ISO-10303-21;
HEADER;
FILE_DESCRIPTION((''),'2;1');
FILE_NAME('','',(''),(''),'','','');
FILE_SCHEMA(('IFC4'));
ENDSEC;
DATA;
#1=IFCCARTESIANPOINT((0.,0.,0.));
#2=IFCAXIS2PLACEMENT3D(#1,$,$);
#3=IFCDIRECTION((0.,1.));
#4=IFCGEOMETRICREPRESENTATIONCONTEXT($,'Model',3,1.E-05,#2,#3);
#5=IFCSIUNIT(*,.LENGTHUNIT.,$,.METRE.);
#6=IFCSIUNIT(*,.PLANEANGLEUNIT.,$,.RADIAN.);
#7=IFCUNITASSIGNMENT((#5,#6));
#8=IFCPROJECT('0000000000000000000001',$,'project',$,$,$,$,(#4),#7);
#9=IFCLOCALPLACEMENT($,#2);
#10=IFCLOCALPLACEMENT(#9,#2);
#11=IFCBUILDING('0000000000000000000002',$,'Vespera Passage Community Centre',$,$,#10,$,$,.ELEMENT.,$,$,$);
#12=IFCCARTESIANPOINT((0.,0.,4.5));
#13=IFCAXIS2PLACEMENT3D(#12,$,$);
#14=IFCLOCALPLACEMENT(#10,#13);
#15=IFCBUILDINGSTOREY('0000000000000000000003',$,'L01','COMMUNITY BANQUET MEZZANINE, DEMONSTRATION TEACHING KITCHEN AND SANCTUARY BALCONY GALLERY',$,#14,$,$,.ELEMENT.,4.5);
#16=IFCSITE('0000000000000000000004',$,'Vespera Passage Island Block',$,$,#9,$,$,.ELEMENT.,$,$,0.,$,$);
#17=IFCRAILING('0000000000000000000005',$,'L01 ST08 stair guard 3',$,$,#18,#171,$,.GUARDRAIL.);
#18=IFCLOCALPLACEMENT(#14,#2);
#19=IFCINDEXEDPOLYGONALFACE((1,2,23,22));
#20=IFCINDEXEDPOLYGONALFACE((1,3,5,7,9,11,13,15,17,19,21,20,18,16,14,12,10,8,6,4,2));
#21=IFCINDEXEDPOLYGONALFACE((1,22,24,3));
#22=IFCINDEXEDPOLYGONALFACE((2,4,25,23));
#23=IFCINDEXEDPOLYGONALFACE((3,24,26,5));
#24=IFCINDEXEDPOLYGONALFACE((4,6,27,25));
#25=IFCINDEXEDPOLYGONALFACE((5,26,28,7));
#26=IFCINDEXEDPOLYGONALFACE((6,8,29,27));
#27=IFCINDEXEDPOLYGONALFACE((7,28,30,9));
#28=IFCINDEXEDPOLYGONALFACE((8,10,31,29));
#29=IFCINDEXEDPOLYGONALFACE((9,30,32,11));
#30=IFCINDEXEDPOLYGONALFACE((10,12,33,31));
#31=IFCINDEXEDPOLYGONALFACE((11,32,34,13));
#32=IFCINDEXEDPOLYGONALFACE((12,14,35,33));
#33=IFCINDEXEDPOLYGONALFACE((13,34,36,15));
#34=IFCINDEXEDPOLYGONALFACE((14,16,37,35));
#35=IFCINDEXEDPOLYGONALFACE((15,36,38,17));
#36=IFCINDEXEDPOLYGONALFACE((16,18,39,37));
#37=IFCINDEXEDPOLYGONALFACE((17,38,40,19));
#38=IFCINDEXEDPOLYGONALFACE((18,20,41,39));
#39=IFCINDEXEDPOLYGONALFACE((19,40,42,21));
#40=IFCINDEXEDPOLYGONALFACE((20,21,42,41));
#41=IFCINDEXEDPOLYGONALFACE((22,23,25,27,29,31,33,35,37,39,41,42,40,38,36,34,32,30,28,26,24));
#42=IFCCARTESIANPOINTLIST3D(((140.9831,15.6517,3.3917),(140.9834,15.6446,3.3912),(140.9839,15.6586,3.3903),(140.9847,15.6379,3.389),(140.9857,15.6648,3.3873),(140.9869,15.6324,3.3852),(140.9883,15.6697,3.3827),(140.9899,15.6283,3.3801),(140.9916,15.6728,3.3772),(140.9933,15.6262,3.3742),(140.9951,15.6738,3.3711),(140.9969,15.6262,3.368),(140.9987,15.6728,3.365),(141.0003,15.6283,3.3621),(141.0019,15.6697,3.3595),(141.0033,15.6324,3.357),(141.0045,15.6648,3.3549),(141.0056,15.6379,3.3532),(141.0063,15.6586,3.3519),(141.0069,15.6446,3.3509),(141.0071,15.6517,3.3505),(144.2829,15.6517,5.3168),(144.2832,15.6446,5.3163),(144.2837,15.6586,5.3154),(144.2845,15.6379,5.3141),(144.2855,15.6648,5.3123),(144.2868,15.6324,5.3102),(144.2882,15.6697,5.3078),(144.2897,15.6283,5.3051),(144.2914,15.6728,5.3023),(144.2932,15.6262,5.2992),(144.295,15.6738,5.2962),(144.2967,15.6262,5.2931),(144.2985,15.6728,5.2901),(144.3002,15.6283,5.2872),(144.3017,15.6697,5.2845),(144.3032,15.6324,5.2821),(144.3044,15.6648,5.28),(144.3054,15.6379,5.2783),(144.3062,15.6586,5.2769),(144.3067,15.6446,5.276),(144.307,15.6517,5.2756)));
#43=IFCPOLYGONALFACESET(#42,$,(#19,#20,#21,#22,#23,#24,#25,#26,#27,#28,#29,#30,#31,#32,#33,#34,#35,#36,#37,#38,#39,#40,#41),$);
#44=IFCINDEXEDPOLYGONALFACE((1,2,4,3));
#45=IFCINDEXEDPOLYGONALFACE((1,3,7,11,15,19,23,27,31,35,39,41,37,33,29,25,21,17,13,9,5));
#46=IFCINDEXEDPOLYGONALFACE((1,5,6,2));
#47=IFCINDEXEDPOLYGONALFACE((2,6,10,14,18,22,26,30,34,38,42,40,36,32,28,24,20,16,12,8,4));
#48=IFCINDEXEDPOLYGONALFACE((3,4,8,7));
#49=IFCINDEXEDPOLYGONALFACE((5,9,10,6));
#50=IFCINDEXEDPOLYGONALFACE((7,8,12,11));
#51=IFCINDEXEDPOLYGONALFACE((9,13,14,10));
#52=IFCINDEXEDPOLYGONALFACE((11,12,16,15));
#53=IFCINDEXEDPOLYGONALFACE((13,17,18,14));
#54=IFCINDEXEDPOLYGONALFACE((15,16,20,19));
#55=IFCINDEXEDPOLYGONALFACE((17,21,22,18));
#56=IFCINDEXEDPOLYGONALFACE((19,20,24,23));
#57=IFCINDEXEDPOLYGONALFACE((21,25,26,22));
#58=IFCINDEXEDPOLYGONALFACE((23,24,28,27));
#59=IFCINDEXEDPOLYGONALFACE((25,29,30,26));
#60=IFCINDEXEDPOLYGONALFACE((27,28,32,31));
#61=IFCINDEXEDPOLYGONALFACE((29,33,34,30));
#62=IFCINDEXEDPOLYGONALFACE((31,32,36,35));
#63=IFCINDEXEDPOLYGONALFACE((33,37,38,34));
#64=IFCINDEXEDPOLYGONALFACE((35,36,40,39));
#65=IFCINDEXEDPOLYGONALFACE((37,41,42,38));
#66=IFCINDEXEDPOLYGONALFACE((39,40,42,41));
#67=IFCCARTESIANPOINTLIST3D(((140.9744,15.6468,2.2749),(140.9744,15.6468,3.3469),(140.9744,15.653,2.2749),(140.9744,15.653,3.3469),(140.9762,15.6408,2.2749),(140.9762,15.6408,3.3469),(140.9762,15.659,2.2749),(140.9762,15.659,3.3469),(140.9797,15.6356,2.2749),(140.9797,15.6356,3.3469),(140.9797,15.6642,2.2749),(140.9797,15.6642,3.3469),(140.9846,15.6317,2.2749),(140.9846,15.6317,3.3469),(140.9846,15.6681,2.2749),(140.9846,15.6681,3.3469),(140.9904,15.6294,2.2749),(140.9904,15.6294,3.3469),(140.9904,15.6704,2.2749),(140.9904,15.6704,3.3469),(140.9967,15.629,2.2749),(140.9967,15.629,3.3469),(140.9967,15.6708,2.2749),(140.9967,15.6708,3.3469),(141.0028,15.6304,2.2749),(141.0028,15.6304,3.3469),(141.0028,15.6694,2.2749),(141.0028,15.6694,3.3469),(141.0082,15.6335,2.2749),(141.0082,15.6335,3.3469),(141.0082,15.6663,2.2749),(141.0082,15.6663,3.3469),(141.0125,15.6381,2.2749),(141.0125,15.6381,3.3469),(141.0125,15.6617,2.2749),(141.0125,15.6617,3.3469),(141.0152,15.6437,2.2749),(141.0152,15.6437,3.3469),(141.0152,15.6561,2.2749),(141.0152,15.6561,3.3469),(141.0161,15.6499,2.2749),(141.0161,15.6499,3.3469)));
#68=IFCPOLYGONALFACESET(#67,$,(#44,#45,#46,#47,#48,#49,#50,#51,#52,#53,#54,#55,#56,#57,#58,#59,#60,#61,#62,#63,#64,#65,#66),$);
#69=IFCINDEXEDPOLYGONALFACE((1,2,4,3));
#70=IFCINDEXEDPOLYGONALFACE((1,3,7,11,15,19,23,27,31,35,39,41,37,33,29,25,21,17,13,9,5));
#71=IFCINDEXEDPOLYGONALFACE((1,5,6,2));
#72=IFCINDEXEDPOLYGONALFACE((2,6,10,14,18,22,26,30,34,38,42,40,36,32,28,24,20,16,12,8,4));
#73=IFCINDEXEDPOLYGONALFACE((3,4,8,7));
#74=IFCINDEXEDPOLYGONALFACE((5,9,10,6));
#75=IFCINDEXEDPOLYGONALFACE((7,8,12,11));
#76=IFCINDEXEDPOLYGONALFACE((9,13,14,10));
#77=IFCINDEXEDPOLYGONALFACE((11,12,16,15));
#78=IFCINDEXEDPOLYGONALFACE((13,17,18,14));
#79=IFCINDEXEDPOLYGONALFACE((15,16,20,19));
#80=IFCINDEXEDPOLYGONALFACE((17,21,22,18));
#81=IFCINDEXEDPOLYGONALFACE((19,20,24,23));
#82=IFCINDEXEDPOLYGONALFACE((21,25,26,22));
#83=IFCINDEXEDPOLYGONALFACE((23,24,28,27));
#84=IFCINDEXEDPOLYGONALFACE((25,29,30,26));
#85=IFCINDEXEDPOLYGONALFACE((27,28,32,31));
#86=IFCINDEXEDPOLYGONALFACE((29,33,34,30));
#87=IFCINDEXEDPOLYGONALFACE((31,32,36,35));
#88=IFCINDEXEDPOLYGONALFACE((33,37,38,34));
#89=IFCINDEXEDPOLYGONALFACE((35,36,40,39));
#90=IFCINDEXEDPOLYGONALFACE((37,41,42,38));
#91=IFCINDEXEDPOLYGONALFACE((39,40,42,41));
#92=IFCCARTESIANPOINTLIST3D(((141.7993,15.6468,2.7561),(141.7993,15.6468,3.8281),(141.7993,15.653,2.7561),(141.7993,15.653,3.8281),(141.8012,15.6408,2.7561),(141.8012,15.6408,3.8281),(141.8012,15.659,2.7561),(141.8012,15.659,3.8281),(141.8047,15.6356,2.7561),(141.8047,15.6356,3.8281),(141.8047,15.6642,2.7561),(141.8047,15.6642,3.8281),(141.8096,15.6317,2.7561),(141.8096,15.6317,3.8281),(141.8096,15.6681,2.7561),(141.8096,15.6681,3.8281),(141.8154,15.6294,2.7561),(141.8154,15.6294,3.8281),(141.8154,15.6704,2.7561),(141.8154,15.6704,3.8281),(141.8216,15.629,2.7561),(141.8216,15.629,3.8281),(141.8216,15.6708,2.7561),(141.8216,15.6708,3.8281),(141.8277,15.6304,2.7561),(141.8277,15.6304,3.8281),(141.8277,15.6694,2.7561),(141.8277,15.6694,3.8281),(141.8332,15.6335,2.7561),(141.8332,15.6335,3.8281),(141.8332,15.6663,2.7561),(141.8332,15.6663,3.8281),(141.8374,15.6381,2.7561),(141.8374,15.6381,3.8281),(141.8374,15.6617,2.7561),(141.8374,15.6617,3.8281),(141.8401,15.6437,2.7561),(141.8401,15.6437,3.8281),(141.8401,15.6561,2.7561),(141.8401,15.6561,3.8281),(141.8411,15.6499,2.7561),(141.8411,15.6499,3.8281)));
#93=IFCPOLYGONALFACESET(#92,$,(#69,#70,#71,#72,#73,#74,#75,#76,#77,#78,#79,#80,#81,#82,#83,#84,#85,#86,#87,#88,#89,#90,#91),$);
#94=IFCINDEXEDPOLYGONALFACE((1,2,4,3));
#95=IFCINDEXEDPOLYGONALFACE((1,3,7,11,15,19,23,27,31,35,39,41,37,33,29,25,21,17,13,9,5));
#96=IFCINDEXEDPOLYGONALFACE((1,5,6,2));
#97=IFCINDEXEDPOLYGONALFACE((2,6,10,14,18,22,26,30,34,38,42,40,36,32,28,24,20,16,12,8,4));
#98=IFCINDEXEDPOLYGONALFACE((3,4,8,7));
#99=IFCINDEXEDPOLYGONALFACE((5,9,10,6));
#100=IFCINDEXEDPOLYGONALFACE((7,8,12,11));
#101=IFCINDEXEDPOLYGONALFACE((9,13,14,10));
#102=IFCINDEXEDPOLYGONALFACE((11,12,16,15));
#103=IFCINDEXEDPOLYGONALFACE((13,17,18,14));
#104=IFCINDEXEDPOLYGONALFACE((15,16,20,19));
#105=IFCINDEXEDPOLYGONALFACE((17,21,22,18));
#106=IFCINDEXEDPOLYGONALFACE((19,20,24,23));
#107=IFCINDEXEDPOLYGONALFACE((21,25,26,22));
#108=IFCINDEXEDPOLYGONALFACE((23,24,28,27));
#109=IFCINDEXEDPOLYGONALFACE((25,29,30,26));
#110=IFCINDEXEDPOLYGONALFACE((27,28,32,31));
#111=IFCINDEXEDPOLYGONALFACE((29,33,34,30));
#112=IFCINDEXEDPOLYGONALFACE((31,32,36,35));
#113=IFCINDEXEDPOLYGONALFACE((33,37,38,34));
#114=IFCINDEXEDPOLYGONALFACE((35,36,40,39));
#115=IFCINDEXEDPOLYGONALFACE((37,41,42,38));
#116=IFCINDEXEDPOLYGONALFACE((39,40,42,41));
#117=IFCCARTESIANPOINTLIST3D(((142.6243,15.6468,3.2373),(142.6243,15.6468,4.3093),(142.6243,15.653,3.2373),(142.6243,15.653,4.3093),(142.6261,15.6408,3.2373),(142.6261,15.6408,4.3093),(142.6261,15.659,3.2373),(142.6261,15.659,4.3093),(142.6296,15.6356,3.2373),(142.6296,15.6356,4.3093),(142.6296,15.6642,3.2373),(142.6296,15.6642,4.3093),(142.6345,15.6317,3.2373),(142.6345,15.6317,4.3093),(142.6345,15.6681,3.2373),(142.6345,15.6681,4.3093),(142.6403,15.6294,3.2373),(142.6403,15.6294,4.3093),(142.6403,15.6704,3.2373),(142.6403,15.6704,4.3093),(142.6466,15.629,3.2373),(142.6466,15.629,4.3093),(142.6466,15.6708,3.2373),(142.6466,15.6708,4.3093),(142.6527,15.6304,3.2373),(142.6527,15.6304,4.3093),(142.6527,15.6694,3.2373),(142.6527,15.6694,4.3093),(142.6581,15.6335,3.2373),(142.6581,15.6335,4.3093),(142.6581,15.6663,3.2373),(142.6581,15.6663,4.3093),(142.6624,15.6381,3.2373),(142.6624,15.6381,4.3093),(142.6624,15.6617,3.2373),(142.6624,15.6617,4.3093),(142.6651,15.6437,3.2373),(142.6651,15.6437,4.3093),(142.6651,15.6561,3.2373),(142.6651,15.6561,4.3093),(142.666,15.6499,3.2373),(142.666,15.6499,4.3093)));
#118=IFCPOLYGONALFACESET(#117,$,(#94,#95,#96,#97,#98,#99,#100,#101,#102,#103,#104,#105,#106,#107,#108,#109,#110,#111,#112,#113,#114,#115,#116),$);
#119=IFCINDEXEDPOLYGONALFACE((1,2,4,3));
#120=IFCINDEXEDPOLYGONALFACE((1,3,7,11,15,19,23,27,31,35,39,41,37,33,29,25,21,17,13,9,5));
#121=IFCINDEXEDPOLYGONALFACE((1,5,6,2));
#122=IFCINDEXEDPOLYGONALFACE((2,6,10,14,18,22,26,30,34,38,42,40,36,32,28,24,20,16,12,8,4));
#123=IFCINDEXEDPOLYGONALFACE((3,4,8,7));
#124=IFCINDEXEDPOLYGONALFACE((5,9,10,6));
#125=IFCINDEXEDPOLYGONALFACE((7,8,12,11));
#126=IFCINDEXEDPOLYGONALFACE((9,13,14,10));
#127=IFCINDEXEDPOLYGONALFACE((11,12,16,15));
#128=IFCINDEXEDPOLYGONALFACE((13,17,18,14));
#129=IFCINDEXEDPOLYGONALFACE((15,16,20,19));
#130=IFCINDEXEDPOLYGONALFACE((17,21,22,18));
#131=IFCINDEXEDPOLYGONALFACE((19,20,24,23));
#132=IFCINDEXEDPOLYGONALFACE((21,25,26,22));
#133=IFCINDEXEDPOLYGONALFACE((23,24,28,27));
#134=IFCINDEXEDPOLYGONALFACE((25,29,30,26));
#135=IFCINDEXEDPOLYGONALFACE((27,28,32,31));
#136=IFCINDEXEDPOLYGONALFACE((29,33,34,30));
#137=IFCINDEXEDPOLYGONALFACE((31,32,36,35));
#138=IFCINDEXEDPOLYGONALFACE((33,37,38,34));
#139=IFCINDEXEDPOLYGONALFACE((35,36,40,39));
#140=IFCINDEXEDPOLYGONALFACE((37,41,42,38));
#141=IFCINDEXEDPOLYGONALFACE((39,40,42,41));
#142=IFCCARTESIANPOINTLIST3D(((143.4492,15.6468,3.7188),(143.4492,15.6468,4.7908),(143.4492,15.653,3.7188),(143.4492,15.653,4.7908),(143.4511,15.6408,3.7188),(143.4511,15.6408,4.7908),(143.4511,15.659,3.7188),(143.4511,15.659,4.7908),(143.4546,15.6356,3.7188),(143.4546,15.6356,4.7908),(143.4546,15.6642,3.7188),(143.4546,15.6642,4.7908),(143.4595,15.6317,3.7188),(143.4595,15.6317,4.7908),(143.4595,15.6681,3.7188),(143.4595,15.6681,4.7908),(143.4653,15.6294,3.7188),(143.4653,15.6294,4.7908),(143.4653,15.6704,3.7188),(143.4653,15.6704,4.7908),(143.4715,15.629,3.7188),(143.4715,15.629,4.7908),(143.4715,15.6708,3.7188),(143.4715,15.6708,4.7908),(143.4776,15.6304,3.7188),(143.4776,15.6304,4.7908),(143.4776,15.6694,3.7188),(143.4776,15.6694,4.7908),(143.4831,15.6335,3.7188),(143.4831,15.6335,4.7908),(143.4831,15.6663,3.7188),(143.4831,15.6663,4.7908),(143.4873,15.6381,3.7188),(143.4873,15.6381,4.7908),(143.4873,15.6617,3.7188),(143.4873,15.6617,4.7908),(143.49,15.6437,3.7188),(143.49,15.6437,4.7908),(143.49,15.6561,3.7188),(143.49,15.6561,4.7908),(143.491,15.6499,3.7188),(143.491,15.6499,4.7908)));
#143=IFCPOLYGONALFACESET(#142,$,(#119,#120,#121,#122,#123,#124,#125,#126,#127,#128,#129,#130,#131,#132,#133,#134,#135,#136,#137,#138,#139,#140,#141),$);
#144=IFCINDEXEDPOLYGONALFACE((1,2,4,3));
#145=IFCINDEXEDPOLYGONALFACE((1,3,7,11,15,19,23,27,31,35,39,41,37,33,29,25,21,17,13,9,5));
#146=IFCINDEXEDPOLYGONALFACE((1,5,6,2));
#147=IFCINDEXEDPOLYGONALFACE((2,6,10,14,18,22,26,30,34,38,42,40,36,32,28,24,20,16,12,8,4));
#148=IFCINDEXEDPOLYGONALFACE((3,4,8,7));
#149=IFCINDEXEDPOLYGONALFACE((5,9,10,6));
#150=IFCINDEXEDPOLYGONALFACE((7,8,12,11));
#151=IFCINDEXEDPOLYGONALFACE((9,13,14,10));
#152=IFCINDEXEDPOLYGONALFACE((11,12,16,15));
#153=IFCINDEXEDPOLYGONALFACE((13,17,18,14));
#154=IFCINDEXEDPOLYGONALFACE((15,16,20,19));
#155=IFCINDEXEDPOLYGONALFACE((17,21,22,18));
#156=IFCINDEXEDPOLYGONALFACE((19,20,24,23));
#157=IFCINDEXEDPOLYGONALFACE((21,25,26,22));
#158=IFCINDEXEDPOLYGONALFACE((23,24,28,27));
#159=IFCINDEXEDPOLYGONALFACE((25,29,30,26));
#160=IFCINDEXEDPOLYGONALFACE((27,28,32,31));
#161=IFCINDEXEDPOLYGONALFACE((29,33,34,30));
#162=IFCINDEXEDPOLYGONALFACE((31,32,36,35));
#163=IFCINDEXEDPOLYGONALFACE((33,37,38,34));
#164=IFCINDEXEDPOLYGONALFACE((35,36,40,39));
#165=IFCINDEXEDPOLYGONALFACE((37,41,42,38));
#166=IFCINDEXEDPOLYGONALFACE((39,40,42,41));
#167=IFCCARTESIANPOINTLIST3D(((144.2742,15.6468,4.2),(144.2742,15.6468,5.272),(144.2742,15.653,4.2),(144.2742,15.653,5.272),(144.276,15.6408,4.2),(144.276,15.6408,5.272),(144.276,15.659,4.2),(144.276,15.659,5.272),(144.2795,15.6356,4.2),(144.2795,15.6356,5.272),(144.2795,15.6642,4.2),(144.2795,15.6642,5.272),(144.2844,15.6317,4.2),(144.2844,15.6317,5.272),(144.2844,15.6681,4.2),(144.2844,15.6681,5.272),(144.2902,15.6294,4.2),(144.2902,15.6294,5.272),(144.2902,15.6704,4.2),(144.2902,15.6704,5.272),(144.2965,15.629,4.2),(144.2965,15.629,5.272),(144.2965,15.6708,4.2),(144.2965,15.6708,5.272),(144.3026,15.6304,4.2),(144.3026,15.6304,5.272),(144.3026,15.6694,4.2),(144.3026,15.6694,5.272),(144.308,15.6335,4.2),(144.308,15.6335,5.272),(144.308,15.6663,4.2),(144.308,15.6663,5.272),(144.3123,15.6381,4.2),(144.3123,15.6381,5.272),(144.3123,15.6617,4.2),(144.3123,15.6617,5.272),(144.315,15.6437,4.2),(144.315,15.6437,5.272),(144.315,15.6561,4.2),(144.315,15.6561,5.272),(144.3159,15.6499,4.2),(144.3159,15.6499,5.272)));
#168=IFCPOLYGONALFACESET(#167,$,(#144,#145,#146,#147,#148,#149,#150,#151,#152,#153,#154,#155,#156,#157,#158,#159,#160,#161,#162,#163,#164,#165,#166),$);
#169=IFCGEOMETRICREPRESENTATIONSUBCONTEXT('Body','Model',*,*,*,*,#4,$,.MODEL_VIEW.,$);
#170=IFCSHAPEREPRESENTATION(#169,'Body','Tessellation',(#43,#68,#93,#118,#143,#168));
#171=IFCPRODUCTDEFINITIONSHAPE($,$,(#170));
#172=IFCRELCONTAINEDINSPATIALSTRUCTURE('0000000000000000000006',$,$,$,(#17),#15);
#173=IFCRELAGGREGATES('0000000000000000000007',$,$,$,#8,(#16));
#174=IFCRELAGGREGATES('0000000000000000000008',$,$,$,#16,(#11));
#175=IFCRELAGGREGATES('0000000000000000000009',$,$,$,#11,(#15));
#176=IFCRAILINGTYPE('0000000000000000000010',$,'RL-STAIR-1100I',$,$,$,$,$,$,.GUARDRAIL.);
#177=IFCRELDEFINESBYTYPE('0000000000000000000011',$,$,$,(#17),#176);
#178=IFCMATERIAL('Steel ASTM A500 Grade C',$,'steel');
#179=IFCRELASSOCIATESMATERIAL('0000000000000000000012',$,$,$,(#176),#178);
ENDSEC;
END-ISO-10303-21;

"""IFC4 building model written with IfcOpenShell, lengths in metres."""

from ifc_helpers import new_model, si_unit, direction, frame, origin, origin_2d, place, context, subcontext, project, spatial, circle, extrude, material, type_object, element, save


model = new_model("IFC4")

# Units and contexts
model_context = context("Model", 3, precision=1e-05, world=origin(), true_north=direction((0.0, 1.0)))
body_context = subcontext(model_context, "Body", "Model", "MODEL_VIEW")
ifc_project = project(units=[si_unit("LENGTHUNIT", "METRE"), si_unit("PLANEANGLEUNIT", "RADIAN")], contexts=[model_context])

# Site, building, storey
site_placement = place(None, origin())
site = spatial("IfcSite", under=ifc_project, at=site_placement, Name="Vespera Passage Island Block", CompositionType="ELEMENT", RefElevation=0.0)
building_placement = place(site_placement, origin())
building = spatial("IfcBuilding", under=site, at=building_placement, Name="Vespera Passage Community Centre", CompositionType="ELEMENT")
storey_placement = place(building_placement, frame((0.0, 0.0, 4.5)))
storey = spatial("IfcBuildingStorey", under=building, at=storey_placement, Name="L01", Description="COMMUNITY BANQUET MEZZANINE, DEMONSTRATION TEACHING KITCHEN AND SANCTUARY BALCONY GALLERY", CompositionType="ELEMENT", Elevation=4.5)

# Railing
ifc_material_1 = material(Name="Steel ASTM A500 Grade C", Category="steel")
railing_type_1 = type_object("IfcRailingType", Name="RL-STAIR-1100I", PredefinedType="GUARDRAIL", material=ifc_material_1)
railing_1_placement = place(storey_placement, frame((140.9951, 15.6499, 2.2749)))
element("IfcRailing", 1, at=railing_1_placement, inside=storey, type_object=railing_type_1, Name="L01 ST08 stair guard 3", PredefinedType="GUARDRAIL", context=body_context, shape_type="SweptSolid", body=[
    extrude(circle(Radius=0.0239, at=origin_2d()), frame((0.0, 0.0, 1.0962), z_axis=(0.86376, 0.0, 0.503903), x_axis=(0.0, 1.0, 0.0)), (0.0, 0.0, 1.0), 3.8203),
    extrude(circle(Radius=0.021, at=origin_2d()), origin(), (0.0, 0.0, 1.0), 1.072),
    extrude(circle(Radius=0.021, at=origin_2d()), frame((0.825, 0.0, 0.4812)), (0.0, 0.0, 1.0), 1.072),
    extrude(circle(Radius=0.021, at=origin_2d()), frame((1.6499, 0.0, 0.9624)), (0.0, 0.0, 1.0), 1.072),
    extrude(circle(Radius=0.021, at=origin_2d()), frame((2.4749, 0.0, 1.4438)), (0.0, 0.0, 1.0), 1.072),
    extrude(circle(Radius=0.021, at=origin_2d()), frame((3.2998, 0.0, 1.925)), (0.0, 0.0, 1.0), 1.072),
])

save(model, "model.ifc")
